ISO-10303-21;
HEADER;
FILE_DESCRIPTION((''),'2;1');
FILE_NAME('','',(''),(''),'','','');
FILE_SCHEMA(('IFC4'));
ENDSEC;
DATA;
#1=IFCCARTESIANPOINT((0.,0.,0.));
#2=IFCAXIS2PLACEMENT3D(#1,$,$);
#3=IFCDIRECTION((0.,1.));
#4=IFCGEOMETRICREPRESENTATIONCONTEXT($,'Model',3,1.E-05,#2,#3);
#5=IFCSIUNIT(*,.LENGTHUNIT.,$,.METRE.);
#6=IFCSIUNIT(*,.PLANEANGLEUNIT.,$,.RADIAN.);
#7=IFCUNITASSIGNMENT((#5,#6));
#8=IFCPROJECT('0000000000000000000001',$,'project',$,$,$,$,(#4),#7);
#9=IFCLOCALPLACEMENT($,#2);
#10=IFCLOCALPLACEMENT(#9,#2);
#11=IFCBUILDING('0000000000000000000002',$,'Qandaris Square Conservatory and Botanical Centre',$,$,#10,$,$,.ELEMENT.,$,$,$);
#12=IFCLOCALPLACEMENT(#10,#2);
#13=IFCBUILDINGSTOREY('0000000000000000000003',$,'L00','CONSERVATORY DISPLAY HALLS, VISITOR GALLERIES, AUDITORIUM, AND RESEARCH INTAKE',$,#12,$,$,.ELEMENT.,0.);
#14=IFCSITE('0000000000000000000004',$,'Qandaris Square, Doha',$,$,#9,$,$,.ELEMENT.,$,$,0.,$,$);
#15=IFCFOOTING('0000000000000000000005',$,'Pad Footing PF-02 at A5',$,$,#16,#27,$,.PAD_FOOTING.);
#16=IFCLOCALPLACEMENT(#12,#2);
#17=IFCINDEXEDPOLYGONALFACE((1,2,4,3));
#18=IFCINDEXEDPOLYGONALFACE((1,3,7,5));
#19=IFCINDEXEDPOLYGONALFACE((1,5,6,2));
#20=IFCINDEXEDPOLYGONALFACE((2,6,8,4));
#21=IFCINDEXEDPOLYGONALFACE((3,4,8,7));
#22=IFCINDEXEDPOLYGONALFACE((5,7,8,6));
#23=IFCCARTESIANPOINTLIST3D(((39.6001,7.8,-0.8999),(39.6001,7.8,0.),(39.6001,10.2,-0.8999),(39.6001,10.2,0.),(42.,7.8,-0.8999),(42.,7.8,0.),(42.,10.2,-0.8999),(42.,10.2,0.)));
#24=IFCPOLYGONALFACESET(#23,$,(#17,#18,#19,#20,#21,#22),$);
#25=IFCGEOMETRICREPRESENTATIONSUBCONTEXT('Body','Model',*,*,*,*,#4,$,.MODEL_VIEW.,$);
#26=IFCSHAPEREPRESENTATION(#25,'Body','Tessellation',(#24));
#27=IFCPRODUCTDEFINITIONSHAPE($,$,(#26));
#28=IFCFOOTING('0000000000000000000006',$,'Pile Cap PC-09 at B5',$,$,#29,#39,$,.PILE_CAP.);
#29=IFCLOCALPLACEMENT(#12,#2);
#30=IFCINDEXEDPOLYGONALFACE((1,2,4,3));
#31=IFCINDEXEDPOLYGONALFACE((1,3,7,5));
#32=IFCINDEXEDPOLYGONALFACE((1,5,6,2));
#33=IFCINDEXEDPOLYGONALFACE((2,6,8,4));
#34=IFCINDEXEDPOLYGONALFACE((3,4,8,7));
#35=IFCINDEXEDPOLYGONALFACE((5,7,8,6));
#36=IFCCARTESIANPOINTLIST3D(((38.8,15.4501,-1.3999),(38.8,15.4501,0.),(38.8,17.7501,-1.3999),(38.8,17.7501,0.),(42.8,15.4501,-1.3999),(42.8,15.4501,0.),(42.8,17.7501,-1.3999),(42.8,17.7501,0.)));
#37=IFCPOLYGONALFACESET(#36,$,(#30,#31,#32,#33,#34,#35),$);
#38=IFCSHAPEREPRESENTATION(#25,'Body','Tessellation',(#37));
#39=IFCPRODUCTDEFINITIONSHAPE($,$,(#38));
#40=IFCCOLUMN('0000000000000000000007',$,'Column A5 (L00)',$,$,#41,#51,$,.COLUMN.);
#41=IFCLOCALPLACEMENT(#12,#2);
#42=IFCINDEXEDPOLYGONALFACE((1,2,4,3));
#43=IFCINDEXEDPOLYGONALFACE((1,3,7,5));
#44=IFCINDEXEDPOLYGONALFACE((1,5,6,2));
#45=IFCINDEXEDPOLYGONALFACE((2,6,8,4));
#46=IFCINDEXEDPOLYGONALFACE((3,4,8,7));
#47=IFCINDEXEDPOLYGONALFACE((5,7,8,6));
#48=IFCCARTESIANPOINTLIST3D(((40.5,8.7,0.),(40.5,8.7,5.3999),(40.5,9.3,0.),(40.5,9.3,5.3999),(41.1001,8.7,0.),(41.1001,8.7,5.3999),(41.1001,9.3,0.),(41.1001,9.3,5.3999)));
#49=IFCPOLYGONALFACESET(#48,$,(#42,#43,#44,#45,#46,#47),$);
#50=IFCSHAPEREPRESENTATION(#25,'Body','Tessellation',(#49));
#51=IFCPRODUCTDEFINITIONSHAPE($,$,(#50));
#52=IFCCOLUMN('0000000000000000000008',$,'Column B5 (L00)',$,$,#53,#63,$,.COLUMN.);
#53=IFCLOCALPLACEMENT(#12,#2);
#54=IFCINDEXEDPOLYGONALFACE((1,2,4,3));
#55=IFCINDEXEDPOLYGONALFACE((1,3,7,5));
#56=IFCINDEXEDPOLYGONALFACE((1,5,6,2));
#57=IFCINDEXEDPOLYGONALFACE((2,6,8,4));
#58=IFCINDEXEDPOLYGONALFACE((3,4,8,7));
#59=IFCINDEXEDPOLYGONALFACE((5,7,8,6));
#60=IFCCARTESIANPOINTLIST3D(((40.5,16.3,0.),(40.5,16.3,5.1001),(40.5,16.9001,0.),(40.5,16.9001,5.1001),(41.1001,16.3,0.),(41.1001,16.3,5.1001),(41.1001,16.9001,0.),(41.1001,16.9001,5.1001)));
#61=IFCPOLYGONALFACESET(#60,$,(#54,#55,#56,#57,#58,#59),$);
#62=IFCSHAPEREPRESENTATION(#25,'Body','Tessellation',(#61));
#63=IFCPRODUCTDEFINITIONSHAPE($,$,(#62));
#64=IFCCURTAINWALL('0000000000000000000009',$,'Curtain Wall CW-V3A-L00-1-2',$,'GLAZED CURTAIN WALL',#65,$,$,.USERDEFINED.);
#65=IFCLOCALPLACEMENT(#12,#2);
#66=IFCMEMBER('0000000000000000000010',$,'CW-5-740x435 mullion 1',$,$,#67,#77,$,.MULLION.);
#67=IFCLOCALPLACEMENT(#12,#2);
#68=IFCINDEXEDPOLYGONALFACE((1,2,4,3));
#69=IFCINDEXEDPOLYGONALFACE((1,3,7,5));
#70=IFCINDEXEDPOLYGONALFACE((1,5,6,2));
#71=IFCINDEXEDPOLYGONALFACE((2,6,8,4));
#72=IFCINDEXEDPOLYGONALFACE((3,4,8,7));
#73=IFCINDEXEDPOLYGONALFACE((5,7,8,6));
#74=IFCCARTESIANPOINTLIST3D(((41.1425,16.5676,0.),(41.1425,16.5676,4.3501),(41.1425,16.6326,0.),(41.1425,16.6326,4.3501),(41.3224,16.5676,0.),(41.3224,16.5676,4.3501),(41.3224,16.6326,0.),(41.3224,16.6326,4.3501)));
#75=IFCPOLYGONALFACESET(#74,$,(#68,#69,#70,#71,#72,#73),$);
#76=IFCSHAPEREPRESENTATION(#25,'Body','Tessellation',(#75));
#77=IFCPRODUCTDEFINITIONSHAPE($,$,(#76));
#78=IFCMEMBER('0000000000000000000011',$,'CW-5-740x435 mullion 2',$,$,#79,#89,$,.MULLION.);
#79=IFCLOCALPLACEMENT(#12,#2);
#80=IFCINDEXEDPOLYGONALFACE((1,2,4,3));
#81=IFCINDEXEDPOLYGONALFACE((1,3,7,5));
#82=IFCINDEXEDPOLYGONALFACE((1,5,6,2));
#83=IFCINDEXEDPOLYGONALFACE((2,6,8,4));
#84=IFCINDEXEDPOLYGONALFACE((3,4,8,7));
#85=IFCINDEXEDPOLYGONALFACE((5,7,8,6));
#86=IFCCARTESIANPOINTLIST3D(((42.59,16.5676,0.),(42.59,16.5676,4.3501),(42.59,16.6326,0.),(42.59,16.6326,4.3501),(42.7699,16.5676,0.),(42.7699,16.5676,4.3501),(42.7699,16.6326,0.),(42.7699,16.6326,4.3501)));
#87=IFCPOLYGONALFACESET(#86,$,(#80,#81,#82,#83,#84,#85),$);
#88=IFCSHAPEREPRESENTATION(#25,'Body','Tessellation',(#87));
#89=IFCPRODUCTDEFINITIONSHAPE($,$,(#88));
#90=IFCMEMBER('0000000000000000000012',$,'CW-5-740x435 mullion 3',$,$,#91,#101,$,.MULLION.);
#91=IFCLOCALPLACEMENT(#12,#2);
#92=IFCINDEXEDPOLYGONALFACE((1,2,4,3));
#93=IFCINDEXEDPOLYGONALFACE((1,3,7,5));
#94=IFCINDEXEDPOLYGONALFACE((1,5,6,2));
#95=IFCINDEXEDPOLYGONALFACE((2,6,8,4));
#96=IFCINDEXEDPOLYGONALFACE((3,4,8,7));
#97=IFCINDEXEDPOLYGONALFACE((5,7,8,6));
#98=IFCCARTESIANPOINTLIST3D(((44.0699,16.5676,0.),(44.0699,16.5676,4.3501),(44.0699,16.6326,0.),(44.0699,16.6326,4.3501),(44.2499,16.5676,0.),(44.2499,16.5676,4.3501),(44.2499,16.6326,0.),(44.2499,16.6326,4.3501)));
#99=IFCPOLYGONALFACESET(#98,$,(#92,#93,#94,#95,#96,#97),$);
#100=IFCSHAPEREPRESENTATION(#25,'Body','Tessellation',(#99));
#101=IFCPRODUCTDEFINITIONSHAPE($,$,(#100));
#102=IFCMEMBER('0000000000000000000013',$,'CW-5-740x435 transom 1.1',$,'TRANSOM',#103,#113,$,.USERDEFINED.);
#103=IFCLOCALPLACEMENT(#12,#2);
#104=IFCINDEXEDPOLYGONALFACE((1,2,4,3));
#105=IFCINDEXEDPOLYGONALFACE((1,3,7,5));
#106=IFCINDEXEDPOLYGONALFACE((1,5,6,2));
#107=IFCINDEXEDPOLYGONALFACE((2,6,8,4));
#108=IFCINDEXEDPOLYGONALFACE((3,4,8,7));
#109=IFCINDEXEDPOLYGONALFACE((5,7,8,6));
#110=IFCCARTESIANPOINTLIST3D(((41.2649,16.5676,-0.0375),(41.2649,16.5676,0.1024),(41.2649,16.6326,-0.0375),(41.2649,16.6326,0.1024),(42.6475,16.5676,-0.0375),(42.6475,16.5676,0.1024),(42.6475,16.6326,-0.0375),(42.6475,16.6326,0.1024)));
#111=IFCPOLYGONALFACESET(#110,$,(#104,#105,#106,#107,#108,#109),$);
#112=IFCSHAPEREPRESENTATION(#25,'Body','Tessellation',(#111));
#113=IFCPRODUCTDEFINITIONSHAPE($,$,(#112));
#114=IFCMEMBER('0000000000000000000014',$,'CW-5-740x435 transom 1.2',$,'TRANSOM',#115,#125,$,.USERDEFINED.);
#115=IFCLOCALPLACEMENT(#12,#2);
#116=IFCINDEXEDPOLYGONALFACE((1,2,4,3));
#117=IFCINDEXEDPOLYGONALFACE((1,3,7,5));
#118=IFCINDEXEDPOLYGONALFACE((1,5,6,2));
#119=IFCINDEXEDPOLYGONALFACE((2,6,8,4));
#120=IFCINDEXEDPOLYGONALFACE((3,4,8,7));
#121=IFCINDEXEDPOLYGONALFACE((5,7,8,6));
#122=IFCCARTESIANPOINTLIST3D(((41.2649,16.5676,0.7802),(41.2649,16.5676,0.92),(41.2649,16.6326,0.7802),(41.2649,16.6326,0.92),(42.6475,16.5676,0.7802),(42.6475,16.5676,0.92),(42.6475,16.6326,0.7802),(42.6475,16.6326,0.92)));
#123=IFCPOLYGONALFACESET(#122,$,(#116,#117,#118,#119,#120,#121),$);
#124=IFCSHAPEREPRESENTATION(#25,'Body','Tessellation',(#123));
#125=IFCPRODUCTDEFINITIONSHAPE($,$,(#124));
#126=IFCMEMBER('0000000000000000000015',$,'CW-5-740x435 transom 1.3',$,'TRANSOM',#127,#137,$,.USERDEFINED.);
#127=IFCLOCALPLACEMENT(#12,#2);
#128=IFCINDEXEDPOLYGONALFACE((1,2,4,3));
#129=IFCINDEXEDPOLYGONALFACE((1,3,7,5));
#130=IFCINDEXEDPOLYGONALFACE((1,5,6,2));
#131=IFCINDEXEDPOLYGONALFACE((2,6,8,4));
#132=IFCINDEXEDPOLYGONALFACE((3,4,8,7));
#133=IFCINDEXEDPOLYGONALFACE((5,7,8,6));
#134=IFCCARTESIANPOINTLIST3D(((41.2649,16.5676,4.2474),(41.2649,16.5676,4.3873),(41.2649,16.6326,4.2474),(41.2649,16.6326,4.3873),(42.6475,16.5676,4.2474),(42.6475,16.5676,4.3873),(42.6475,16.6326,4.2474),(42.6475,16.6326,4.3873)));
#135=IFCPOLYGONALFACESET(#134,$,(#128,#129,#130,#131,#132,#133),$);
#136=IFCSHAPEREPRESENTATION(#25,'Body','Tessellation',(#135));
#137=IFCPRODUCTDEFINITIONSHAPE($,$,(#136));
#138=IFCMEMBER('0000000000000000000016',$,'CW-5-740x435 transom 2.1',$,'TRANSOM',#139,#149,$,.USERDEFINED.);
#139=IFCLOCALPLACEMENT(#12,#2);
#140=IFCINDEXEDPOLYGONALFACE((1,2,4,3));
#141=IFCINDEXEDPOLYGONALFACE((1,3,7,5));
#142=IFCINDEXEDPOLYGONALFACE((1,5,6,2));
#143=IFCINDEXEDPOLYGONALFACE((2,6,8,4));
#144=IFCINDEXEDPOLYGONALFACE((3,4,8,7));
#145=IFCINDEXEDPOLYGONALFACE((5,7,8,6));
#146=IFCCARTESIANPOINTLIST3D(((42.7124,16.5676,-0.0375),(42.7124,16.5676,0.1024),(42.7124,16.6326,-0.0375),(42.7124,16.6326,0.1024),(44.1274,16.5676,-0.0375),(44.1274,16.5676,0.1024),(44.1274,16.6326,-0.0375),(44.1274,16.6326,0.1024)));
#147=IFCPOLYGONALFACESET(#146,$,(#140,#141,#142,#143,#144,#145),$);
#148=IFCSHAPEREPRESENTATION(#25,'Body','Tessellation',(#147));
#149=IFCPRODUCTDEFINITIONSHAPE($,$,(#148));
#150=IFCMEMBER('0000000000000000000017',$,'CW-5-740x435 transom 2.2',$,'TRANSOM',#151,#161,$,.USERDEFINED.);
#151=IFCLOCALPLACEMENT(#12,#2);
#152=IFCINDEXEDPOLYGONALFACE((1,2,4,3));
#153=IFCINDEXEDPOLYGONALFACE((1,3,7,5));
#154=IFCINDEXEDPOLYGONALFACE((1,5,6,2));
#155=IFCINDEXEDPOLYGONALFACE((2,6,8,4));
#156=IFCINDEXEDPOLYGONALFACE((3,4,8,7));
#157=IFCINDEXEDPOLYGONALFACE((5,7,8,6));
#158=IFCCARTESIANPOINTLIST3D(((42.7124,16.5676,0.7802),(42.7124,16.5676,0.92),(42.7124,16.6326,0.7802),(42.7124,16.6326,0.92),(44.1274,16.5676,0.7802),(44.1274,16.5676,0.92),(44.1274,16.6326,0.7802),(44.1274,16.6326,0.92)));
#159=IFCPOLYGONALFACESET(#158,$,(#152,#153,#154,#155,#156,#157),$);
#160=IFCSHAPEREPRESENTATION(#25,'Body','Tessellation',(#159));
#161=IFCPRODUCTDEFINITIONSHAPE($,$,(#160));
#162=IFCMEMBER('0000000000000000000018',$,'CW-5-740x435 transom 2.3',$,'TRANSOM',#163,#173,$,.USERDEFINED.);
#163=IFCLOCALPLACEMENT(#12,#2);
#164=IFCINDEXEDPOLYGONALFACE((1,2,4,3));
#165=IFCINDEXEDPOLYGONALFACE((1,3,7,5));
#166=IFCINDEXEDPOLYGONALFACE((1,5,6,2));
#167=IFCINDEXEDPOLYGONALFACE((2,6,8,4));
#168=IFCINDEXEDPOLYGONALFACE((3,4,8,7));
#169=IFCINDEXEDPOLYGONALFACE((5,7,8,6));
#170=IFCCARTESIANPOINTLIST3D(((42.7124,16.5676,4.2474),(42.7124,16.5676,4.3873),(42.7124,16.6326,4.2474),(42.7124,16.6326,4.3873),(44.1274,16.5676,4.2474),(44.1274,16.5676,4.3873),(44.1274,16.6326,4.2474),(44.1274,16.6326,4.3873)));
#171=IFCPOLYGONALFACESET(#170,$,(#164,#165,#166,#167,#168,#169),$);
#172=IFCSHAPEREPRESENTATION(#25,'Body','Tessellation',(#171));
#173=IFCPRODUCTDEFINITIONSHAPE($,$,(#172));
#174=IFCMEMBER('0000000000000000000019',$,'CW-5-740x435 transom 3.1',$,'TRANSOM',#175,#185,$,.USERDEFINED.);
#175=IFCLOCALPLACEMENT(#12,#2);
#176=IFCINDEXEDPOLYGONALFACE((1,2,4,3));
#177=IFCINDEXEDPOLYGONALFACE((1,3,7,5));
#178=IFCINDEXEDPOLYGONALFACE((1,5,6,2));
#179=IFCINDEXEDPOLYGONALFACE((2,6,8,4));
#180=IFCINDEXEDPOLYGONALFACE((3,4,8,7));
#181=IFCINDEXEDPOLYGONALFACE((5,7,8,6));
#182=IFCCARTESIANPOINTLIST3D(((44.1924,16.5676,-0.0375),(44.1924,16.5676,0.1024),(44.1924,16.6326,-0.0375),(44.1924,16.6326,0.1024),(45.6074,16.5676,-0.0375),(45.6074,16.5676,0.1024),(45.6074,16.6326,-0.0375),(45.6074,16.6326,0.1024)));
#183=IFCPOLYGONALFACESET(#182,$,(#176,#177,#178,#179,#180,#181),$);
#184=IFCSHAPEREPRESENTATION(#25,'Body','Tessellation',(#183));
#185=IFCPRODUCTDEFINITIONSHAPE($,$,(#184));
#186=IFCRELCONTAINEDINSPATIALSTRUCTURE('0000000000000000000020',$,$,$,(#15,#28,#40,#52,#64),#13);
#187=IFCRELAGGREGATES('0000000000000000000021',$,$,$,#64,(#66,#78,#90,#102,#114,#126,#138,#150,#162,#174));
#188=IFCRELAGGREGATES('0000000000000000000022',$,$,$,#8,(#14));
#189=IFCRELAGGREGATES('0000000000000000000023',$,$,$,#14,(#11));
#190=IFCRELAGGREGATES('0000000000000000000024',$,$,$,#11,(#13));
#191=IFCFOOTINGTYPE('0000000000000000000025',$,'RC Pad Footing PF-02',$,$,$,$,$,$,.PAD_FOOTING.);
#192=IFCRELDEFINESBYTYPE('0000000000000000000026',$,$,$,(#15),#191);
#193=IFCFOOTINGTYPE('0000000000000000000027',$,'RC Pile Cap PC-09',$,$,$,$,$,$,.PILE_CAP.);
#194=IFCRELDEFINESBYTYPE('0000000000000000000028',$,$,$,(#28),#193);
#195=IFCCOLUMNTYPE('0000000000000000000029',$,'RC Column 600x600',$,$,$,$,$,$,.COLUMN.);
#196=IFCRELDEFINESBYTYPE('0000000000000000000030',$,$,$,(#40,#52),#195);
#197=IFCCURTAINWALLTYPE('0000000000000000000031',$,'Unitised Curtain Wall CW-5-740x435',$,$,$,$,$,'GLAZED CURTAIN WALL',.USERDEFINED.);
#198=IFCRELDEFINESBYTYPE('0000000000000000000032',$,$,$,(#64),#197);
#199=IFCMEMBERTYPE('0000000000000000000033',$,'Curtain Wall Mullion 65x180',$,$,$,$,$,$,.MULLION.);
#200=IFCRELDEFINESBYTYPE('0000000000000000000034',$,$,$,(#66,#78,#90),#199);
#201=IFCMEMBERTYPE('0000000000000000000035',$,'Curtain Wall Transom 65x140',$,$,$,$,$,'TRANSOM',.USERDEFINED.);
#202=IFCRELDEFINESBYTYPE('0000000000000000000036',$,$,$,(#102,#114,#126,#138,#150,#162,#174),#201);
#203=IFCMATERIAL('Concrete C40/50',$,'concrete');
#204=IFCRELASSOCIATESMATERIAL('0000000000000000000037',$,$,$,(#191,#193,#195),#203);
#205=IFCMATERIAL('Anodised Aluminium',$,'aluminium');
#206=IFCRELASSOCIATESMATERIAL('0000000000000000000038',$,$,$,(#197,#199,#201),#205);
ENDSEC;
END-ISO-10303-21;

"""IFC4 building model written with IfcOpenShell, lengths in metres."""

from ifc_helpers import new_model, si_unit, direction, frame, origin, origin_2d, place, context, subcontext, project, spatial, rectangle, extrude, material, material_profile, profile_set, type_object, element, aggregate, save


model = new_model("IFC4")

# Units and contexts
model_context = context("Model", 3, precision=1e-05, world=origin(), true_north=direction((0.0, 1.0)))
body_context = subcontext(model_context, "Body", "Model", "MODEL_VIEW")
ifc_project = project(units=[si_unit("LENGTHUNIT", "METRE"), si_unit("PLANEANGLEUNIT", "RADIAN")], contexts=[model_context])

# Site, building, storey
site_placement = place(None, origin())
site = spatial("IfcSite", under=ifc_project, at=site_placement, Name="Qandaris Square, Doha", CompositionType="ELEMENT", RefElevation=0.0)
building_placement = place(site_placement, origin())
building = spatial("IfcBuilding", under=site, at=building_placement, Name="Qandaris Square Conservatory and Botanical Centre", CompositionType="ELEMENT")
storey_placement = place(building_placement, origin())
storey = spatial("IfcBuildingStorey", under=building, at=storey_placement, Name="L00", Description="CONSERVATORY DISPLAY HALLS, VISITOR GALLERIES, AUDITORIUM, AND RESEARCH INTAKE", CompositionType="ELEMENT", Elevation=0.0)

# Footings
ifc_material_1 = material(Name="Concrete C40/50", Category="concrete")
footing_type_1 = type_object("IfcFootingType", Name="RC Pad Footing PF-02", PredefinedType="PAD_FOOTING", material=ifc_material_1)
footing_1_placement = place(storey_placement, frame((40.8, 9.0, -0.8999), z_axis=(0.0, 0.0, 1.0), x_axis=(1.0, 0.0, 0.0)))
element("IfcFooting", 1, at=footing_1_placement, inside=storey, type_object=footing_type_1, Name="Pad Footing PF-02 at A5", PredefinedType="PAD_FOOTING", context=body_context, shape_type="SweptSolid", body=[
    extrude(rectangle(XDim=2.3999, YDim=2.3999, at=origin_2d()), origin(), (0.0, 0.0, 1.0), 0.8999),
])
footing_type_2 = type_object("IfcFootingType", Name="RC Pile Cap PC-09", PredefinedType="PILE_CAP", material=ifc_material_1)
footing_2_placement = place(storey_placement, frame((40.8, 16.6001, -1.3999), z_axis=(0.0, 0.0, 1.0), x_axis=(1.0, 0.0, 0.0)))
element("IfcFooting", 2, at=footing_2_placement, inside=storey, type_object=footing_type_2, Name="Pile Cap PC-09 at B5", PredefinedType="PILE_CAP", context=body_context, shape_type="SweptSolid", body=[
    extrude(rectangle(XDim=4.0, YDim=2.3, at=origin_2d()), origin(), (0.0, 0.0, 1.0), 1.3999),
])

# Columns
ifc_material_profile_1 = material_profile(ifc_material_1, rectangle(XDim=0.6001, YDim=0.6001, at=origin_2d()), Name="RC-COL 600x600")
ifc_profile_set_1 = profile_set([ifc_material_profile_1], Name="Concrete C40/50")
column_type = type_object("IfcColumnType", Name="RC Column 600x600", PredefinedType="COLUMN", material=ifc_profile_set_1)
column_1_placement = place(storey_placement, frame((40.8, 9.0, 0.0), z_axis=(0.0, 0.0, 1.0), x_axis=(1.0, 0.0, 0.0)))
element("IfcColumn", 3, at=column_1_placement, inside=storey, type_object=column_type, Name="Column A5 (L00)", PredefinedType="COLUMN", context=body_context, shape_type="SweptSolid", body=[
    extrude(rectangle(XDim=0.6001, YDim=0.6001, at=origin_2d()), origin(), (0.0, 0.0, 1.0), 5.3999),
])
column_2_placement = place(storey_placement, frame((40.8, 16.6001, 0.0), z_axis=(0.0, 0.0, 1.0), x_axis=(1.0, 0.0, 0.0)))
element("IfcColumn", 4, at=column_2_placement, inside=storey, type_object=column_type, Name="Column B5 (L00)", PredefinedType="COLUMN", context=body_context, shape_type="SweptSolid", body=[
    extrude(rectangle(XDim=0.6001, YDim=0.6001, at=origin_2d()), origin(), (0.0, 0.0, 1.0), 5.1001),
])

# Curtain wall, members
ifc_material_2 = material(Name="Anodised Aluminium", Category="aluminium")
curtain_wall_type = type_object("IfcCurtainWallType", Name="Unitised Curtain Wall CW-5-740x435", ElementType="GLAZED CURTAIN WALL", PredefinedType="USERDEFINED", material=ifc_material_2)
curtain_wall_placement = place(storey_placement, origin())
curtain_wall = element("IfcCurtainWall", 5, at=curtain_wall_placement, inside=storey, type_object=curtain_wall_type, Name="Curtain Wall CW-V3A-L00-1-2", ObjectType="GLAZED CURTAIN WALL", PredefinedType="USERDEFINED")
ifc_material_profile_2 = material_profile(ifc_material_2, rectangle(XDim=0.0649, YDim=0.1799, at=origin_2d()), Name="ALU-MUL 65x180")
ifc_profile_set_2 = profile_set([ifc_material_profile_2], Name="Anodised Aluminium")
member_type_1 = type_object("IfcMemberType", Name="Curtain Wall Mullion 65x180", PredefinedType="MULLION", material=ifc_profile_set_2)
member_1_placement = place(storey_placement, frame((41.2324, 16.6001, 0.0), z_axis=(0.0, 0.0, 1.0), x_axis=(0.0, 1.0, 0.0)))
member_1 = element("IfcMember", 6, at=member_1_placement, type_object=member_type_1, Name="CW-5-740x435 mullion 1", PredefinedType="MULLION", context=body_context, shape_type="SweptSolid", body=[
    extrude(rectangle(XDim=0.0649, YDim=0.1799, at=origin_2d()), origin(), (0.0, 0.0, 1.0), 4.3501),
])
member_2_placement = place(storey_placement, frame((42.6799, 16.6001, 0.0), z_axis=(0.0, 0.0, 1.0), x_axis=(0.0, 1.0, 0.0)))
member_2 = element("IfcMember", 7, at=member_2_placement, type_object=member_type_1, Name="CW-5-740x435 mullion 2", PredefinedType="MULLION", context=body_context, shape_type="SweptSolid", body=[
    extrude(rectangle(XDim=0.0649, YDim=0.1799, at=origin_2d()), origin(), (0.0, 0.0, 1.0), 4.3501),
])
member_3_placement = place(storey_placement, frame((44.1599, 16.6001, 0.0), z_axis=(0.0, 0.0, 1.0), x_axis=(0.0, 1.0, 0.0)))
member_3 = element("IfcMember", 8, at=member_3_placement, type_object=member_type_1, Name="CW-5-740x435 mullion 3", PredefinedType="MULLION", context=body_context, shape_type="SweptSolid", body=[
    extrude(rectangle(XDim=0.0649, YDim=0.1799, at=origin_2d()), origin(), (0.0, 0.0, 1.0), 4.3501),
])
ifc_material_profile_3 = material_profile(ifc_material_2, rectangle(XDim=0.0649, YDim=0.1399, at=origin_2d()), Name="ALU-TRN 65x140")
ifc_profile_set_3 = profile_set([ifc_material_profile_3], Name="Anodised Aluminium")
member_type_2 = type_object("IfcMemberType", Name="Curtain Wall Transom 65x140", ElementType="TRANSOM", PredefinedType="USERDEFINED", material=ifc_profile_set_3)
member_4_placement = place(storey_placement, frame((41.2649, 16.6001, 0.0325), z_axis=(1.0, 0.0, 0.0), x_axis=(0.0, 1.0, 0.0)))
member_4 = element("IfcMember", 9, at=member_4_placement, type_object=member_type_2, Name="CW-5-740x435 transom 1.1", ObjectType="TRANSOM", PredefinedType="USERDEFINED", context=body_context, shape_type="SweptSolid", body=[
    extrude(rectangle(XDim=0.0649, YDim=0.1399, at=origin_2d()), origin(), (0.0, 0.0, 1.0), 1.3826),
])
member_5_placement = place(storey_placement, frame((41.2649, 16.6001, 0.8501), z_axis=(1.0, 0.0, 0.0), x_axis=(0.0, 1.0, 0.0)))
member_5 = element("IfcMember", 10, at=member_5_placement, type_object=member_type_2, Name="CW-5-740x435 transom 1.2", ObjectType="TRANSOM", PredefinedType="USERDEFINED", context=body_context, shape_type="SweptSolid", body=[
    extrude(rectangle(XDim=0.0649, YDim=0.1399, at=origin_2d()), origin(), (0.0, 0.0, 1.0), 1.3826),
])
member_6_placement = place(storey_placement, frame((41.2649, 16.6001, 4.3174), z_axis=(1.0, 0.0, 0.0), x_axis=(0.0, 1.0, 0.0)))
member_6 = element("IfcMember", 11, at=member_6_placement, type_object=member_type_2, Name="CW-5-740x435 transom 1.3", ObjectType="TRANSOM", PredefinedType="USERDEFINED", context=body_context, shape_type="SweptSolid", body=[
    extrude(rectangle(XDim=0.0649, YDim=0.1399, at=origin_2d()), origin(), (0.0, 0.0, 1.0), 1.3826),
])
member_7_placement = place(storey_placement, frame((42.7124, 16.6001, 0.0325), z_axis=(1.0, 0.0, 0.0), x_axis=(0.0, 1.0, 0.0)))
member_7 = element("IfcMember", 12, at=member_7_placement, type_object=member_type_2, Name="CW-5-740x435 transom 2.1", ObjectType="TRANSOM", PredefinedType="USERDEFINED", context=body_context, shape_type="SweptSolid", body=[
    extrude(rectangle(XDim=0.0649, YDim=0.1399, at=origin_2d()), origin(), (0.0, 0.0, 1.0), 1.415),
])
member_8_placement = place(storey_placement, frame((42.7124, 16.6001, 0.8501), z_axis=(1.0, 0.0, 0.0), x_axis=(0.0, 1.0, 0.0)))
member_8 = element("IfcMember", 13, at=member_8_placement, type_object=member_type_2, Name="CW-5-740x435 transom 2.2", ObjectType="TRANSOM", PredefinedType="USERDEFINED", context=body_context, shape_type="SweptSolid", body=[
    extrude(rectangle(XDim=0.0649, YDim=0.1399, at=origin_2d()), origin(), (0.0, 0.0, 1.0), 1.415),
])
member_9_placement = place(storey_placement, frame((42.7124, 16.6001, 4.3174), z_axis=(1.0, 0.0, 0.0), x_axis=(0.0, 1.0, 0.0)))
member_9 = element("IfcMember", 14, at=member_9_placement, type_object=member_type_2, Name="CW-5-740x435 transom 2.3", ObjectType="TRANSOM", PredefinedType="USERDEFINED", context=body_context, shape_type="SweptSolid", body=[
    extrude(rectangle(XDim=0.0649, YDim=0.1399, at=origin_2d()), origin(), (0.0, 0.0, 1.0), 1.415),
])
member_10_placement = place(storey_placement, frame((44.1924, 16.6001, 0.0325), z_axis=(1.0, 0.0, 0.0), x_axis=(0.0, 1.0, 0.0)))
member_10 = element("IfcMember", 15, at=member_10_placement, type_object=member_type_2, Name="CW-5-740x435 transom 3.1", ObjectType="TRANSOM", PredefinedType="USERDEFINED", context=body_context, shape_type="SweptSolid", body=[
    extrude(rectangle(XDim=0.0649, YDim=0.1399, at=origin_2d()), origin(), (0.0, 0.0, 1.0), 1.415),
])

aggregate(curtain_wall, [member_1, member_2, member_3, member_4, member_5, member_6, member_7, member_8, member_9, member_10])

save(model, "model.ifc")
